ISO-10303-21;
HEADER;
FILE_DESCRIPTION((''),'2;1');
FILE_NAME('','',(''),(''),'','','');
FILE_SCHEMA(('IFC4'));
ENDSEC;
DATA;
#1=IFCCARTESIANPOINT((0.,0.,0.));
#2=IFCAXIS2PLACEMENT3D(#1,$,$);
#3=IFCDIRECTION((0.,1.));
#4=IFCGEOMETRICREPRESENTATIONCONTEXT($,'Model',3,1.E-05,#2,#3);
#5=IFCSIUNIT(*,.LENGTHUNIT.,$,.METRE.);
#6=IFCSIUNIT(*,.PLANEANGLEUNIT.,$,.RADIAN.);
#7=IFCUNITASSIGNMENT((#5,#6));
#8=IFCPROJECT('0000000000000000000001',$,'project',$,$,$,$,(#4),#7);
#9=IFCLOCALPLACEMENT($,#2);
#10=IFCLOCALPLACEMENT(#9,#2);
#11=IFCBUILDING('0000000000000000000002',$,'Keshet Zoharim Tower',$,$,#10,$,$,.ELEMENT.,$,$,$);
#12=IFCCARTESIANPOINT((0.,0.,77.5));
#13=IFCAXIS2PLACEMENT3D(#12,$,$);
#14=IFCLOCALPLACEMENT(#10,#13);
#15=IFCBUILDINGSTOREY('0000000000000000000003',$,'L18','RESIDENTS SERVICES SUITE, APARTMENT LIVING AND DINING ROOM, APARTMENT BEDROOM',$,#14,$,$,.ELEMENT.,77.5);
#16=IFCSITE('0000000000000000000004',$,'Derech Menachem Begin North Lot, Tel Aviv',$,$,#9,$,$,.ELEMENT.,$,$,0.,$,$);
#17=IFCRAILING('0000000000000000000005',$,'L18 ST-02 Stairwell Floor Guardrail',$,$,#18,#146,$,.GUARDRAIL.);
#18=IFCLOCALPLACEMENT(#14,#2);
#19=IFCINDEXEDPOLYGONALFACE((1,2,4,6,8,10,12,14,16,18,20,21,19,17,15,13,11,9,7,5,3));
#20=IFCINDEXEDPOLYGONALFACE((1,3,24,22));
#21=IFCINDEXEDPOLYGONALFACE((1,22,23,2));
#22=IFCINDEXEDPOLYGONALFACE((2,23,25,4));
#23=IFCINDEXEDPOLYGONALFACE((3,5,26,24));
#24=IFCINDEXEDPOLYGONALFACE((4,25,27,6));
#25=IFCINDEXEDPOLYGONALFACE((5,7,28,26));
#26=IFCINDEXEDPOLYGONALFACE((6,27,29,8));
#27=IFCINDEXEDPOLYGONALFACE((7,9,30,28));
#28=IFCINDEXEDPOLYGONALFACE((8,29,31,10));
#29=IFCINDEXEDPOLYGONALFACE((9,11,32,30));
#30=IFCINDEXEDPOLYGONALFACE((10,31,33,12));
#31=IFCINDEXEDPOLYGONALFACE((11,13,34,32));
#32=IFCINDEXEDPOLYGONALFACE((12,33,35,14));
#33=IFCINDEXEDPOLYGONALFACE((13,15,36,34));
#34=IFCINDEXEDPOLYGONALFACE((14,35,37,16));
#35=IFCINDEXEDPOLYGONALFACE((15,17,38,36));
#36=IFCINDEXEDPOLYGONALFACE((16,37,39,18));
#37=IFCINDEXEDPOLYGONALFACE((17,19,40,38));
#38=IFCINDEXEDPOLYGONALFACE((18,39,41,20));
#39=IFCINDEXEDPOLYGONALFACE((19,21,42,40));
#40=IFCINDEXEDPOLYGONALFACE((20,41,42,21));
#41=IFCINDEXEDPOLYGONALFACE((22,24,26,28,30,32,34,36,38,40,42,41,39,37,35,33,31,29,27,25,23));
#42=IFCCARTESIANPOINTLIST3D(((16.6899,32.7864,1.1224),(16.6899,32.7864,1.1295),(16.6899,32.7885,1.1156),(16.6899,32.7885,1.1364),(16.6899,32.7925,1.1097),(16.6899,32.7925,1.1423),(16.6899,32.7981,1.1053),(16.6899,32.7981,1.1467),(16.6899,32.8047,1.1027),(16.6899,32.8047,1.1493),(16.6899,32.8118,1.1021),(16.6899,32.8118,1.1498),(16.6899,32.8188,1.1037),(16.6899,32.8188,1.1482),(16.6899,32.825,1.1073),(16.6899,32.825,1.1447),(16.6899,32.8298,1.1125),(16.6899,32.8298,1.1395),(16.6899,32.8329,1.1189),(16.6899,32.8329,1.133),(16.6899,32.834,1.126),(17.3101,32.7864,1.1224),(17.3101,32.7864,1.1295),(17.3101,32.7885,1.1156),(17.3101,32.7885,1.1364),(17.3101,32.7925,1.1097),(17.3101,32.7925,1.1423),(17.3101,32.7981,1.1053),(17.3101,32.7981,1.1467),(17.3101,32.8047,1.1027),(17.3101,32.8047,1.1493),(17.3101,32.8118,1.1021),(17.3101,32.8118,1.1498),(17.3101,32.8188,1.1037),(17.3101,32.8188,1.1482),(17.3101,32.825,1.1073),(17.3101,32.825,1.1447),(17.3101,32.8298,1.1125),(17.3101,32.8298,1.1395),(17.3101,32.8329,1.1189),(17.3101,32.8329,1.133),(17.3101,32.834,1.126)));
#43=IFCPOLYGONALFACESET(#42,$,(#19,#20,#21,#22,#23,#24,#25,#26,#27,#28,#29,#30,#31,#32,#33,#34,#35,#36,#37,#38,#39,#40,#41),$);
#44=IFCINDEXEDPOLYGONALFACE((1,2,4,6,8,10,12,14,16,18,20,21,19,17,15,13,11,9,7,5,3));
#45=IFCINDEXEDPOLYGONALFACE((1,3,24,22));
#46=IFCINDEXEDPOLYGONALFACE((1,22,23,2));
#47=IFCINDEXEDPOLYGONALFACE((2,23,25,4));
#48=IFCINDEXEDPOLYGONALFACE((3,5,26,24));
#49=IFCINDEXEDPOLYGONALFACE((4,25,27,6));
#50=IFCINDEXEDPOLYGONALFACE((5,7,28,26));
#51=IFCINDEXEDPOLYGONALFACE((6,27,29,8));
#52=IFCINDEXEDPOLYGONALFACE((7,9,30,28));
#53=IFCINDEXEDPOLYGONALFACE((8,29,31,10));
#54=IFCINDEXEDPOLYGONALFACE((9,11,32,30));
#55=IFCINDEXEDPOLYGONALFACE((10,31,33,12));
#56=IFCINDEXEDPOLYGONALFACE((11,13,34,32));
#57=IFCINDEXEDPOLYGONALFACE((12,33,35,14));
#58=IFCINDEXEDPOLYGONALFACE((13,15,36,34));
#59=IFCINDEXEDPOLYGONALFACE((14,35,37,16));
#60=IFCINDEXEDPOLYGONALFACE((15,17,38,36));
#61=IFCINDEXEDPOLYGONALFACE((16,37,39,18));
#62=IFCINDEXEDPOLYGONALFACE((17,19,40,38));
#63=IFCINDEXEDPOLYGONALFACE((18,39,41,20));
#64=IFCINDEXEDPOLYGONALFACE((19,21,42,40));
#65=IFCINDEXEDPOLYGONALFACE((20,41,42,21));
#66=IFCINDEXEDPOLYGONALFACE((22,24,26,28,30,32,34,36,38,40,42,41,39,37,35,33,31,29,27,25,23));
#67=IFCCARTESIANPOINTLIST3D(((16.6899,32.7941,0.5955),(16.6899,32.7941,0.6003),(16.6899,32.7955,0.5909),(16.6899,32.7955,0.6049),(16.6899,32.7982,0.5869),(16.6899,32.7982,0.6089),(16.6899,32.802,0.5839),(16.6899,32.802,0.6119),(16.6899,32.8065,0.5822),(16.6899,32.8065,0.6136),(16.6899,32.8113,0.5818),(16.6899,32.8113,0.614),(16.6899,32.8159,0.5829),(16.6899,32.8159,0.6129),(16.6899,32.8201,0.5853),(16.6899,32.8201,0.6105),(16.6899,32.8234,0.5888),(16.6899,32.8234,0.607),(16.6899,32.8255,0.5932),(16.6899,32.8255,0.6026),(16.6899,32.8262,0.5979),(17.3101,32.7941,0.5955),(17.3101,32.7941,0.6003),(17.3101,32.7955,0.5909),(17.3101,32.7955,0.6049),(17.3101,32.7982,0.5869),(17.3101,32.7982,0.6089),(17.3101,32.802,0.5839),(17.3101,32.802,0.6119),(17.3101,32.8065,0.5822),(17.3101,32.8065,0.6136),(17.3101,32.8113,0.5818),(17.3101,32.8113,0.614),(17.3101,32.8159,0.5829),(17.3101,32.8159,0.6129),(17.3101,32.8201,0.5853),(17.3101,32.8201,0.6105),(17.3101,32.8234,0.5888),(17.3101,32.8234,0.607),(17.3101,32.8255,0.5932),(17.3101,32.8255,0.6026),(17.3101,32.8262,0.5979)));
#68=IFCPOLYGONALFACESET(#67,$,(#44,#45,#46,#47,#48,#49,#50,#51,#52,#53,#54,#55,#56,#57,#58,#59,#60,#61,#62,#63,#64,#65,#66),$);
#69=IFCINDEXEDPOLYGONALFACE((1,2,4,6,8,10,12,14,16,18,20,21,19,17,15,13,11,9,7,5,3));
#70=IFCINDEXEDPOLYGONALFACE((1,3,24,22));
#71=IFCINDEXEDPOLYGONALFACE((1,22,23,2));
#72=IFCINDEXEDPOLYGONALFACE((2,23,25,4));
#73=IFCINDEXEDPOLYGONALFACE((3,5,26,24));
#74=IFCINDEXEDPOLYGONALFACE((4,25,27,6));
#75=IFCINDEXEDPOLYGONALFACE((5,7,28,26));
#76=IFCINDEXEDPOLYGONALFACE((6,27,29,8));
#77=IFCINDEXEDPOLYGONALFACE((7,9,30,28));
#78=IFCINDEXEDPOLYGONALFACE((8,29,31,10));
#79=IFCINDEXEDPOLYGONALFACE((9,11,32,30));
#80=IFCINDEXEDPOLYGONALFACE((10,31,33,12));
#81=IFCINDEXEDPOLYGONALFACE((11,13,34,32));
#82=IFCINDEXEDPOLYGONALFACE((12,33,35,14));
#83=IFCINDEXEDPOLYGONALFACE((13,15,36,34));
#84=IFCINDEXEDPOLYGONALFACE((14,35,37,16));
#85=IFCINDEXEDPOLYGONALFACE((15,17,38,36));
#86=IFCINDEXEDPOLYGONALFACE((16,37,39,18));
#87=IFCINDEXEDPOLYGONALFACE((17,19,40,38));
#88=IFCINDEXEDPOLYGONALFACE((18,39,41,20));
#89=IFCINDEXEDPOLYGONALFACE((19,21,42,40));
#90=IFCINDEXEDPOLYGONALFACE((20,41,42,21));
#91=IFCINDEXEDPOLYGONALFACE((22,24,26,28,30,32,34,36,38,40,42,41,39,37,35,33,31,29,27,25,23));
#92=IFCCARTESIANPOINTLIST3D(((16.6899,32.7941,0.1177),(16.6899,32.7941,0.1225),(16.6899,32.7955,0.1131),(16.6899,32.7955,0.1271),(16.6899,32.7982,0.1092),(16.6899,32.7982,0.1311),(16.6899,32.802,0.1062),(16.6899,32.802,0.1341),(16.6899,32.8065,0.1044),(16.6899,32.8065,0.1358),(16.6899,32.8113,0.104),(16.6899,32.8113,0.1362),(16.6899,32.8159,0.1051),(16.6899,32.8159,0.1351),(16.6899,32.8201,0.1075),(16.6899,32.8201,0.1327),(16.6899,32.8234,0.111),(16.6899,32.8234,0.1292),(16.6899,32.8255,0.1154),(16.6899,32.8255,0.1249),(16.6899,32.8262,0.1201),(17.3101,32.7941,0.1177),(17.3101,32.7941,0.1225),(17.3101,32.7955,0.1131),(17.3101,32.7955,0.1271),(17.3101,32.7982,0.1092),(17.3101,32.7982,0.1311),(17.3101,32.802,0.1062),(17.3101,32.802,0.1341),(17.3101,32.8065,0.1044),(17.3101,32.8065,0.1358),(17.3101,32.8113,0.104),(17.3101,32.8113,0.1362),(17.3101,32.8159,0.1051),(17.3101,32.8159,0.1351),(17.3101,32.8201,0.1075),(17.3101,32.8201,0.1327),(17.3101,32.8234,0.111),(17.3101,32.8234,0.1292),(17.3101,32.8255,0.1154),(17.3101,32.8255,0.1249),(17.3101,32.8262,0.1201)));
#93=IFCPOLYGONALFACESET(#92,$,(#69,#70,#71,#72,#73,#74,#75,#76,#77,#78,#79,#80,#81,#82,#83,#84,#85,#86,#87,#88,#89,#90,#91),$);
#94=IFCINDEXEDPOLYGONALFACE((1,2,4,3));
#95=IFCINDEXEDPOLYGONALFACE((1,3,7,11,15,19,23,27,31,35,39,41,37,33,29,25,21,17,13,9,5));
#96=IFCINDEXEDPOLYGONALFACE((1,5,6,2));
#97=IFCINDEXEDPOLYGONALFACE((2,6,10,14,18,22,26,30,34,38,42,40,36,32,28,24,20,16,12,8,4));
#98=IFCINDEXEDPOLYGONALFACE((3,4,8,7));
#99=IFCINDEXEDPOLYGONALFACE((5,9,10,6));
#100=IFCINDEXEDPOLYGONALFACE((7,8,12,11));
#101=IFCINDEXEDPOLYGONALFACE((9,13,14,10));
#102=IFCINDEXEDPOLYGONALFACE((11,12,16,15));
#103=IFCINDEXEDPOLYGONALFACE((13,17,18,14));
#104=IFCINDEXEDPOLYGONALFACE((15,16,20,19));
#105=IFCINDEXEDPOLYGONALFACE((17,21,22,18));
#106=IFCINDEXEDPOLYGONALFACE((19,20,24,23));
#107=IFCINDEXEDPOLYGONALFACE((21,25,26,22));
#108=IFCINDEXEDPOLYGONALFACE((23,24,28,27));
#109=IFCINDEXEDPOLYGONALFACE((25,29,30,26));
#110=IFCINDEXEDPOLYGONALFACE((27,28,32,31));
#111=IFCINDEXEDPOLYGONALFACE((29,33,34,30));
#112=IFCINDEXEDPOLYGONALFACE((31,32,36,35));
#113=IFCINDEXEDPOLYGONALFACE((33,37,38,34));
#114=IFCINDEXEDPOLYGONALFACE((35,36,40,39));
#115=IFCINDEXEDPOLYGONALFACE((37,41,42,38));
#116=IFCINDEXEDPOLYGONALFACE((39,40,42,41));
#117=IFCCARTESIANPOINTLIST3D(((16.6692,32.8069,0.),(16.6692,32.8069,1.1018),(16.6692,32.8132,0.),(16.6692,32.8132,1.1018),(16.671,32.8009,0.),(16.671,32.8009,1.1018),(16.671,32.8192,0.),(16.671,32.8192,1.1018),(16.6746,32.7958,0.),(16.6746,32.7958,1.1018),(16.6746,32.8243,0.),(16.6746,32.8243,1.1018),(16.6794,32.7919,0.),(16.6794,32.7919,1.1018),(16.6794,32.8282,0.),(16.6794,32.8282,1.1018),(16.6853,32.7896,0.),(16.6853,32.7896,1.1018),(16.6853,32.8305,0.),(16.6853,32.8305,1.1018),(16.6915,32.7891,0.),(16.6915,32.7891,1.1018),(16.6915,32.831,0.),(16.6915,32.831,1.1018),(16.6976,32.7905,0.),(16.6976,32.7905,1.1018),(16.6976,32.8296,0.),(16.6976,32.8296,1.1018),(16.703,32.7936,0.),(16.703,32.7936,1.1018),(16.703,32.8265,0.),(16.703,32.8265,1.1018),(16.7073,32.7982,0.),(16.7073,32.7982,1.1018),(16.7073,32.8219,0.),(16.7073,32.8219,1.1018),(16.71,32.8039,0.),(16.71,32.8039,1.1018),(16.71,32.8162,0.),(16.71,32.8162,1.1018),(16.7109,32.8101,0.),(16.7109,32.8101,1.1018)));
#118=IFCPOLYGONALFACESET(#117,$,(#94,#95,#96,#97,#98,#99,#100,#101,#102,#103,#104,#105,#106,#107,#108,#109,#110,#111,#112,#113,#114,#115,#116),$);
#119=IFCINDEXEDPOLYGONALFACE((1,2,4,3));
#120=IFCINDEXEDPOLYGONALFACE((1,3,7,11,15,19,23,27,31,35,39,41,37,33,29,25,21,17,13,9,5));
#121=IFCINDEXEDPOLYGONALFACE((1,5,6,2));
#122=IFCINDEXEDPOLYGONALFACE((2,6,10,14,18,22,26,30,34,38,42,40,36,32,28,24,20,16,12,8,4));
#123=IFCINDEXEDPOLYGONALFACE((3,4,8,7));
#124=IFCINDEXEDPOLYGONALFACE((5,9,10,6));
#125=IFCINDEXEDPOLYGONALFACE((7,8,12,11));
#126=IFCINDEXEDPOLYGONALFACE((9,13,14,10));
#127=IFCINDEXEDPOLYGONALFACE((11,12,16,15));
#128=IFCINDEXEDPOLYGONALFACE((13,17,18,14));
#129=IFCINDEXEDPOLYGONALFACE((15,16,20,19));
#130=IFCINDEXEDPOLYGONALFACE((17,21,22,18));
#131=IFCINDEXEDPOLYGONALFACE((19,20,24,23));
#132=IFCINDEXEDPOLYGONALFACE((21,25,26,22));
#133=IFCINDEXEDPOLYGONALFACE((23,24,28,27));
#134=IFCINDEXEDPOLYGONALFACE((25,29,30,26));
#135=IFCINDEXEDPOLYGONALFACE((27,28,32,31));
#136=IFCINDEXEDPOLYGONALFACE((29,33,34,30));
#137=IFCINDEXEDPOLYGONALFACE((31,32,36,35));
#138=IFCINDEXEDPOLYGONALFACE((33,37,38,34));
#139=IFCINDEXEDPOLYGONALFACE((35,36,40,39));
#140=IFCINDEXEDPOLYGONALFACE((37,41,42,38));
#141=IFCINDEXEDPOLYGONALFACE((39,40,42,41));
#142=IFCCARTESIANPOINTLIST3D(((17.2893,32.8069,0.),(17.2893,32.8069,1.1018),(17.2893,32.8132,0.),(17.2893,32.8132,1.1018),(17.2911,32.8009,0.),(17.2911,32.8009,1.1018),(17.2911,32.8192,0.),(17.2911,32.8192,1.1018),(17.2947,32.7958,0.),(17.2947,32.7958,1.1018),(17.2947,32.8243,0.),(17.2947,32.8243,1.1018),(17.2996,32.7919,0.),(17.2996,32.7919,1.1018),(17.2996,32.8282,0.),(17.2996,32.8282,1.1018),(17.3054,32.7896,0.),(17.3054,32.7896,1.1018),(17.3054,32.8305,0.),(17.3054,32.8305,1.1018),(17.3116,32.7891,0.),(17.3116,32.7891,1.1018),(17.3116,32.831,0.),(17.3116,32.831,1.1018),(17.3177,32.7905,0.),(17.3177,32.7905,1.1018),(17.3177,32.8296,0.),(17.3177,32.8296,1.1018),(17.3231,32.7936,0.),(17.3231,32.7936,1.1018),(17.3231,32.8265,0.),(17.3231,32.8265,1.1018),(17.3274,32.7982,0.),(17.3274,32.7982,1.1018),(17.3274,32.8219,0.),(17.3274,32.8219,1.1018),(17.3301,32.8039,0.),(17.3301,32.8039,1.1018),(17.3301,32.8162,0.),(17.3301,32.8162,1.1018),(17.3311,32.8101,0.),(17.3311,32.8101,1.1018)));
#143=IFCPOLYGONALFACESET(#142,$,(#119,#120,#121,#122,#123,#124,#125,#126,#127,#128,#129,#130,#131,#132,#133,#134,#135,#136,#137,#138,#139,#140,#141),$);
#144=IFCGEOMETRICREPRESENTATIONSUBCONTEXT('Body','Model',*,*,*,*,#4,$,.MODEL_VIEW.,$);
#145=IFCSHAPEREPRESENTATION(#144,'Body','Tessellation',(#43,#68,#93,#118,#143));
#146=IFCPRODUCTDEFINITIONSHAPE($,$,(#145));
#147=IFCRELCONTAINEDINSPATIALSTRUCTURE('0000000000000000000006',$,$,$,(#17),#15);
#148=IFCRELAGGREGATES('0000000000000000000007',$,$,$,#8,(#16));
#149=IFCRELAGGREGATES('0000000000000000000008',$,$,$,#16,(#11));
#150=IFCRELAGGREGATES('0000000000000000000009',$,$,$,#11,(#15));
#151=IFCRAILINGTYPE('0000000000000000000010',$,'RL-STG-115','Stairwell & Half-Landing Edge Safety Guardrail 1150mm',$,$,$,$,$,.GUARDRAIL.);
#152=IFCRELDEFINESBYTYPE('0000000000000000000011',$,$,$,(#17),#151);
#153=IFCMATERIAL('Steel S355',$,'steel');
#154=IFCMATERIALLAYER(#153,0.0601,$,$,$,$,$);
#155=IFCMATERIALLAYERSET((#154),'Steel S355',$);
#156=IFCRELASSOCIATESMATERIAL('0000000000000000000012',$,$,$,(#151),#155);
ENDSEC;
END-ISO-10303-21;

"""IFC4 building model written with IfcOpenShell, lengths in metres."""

from ifc_helpers import new_model, si_unit, direction, frame, origin, origin_2d, place, context, subcontext, project, spatial, circle, extrude, material, layer, layer_set, type_object, element, save


model = new_model("IFC4")

# Units and contexts
model_context = context("Model", 3, precision=1e-05, world=origin(), true_north=direction((0.0, 1.0)))
body_context = subcontext(model_context, "Body", "Model", "MODEL_VIEW")
ifc_project = project(units=[si_unit("LENGTHUNIT", "METRE"), si_unit("PLANEANGLEUNIT", "RADIAN")], contexts=[model_context])

# Site, building, storey
site_placement = place(None, origin())
site = spatial("IfcSite", under=ifc_project, at=site_placement, Name="Derech Menachem Begin North Lot, Tel Aviv", CompositionType="ELEMENT", RefElevation=0.0)
building_placement = place(site_placement, origin())
building = spatial("IfcBuilding", under=site, at=building_placement, Name="Keshet Zoharim Tower", CompositionType="ELEMENT")
storey_placement = place(building_placement, frame((0.0, 0.0, 77.5)))
storey = spatial("IfcBuildingStorey", under=building, at=storey_placement, Name="L18", Description="RESIDENTS SERVICES SUITE, APARTMENT LIVING AND DINING ROOM, APARTMENT BEDROOM", CompositionType="ELEMENT", Elevation=77.5)

# Shared definitions
ifc_material_1 = material(Name="Steel S355", Category="steel")

# Railing
ifc_layer_1 = layer(ifc_material_1, 0.0601)
ifc_layer_set_1 = layer_set([ifc_layer_1], Name="Steel S355")
railing_type_1 = type_object("IfcRailingType", Name="RL-STG-115", Description="Stairwell & Half-Landing Edge Safety Guardrail 1150mm", PredefinedType="GUARDRAIL", material=ifc_layer_set_1)
railing_1_placement = place(storey_placement, frame((16.6899, 32.8101, 0.0)))
element("IfcRailing", 1, at=railing_1_placement, inside=storey, type_object=railing_type_1, Name="L18 ST-02 Stairwell Floor Guardrail", PredefinedType="GUARDRAIL", context=body_context, shape_type="SweptSolid", body=[
    extrude(circle(Radius=0.0239, at=origin_2d()), frame((0.0, 0.0, 1.126), z_axis=(1.0, 0.0, 0.0), x_axis=(0.0, 1.0, 0.0)), (0.0, 0.0, 1.0), 0.6201),
    extrude(circle(Radius=0.0161, at=origin_2d()), frame((0.0, 0.0, 0.5979), z_axis=(1.0, 0.0, 0.0), x_axis=(0.0, 1.0, 0.0)), (0.0, 0.0, 1.0), 0.6201),
    extrude(circle(Radius=0.0161, at=origin_2d()), frame((0.0, 0.0, 0.1201), z_axis=(1.0, 0.0, 0.0), x_axis=(0.0, 1.0, 0.0)), (0.0, 0.0, 1.0), 0.6201),
    extrude(circle(Radius=0.021, at=origin_2d()), origin(), (0.0, 0.0, 1.0), 1.1018),
    extrude(circle(Radius=0.021, at=origin_2d()), frame((0.6201, 0.0, 0.0)), (0.0, 0.0, 1.0), 1.1018),
])

save(model, "model.ifc")
